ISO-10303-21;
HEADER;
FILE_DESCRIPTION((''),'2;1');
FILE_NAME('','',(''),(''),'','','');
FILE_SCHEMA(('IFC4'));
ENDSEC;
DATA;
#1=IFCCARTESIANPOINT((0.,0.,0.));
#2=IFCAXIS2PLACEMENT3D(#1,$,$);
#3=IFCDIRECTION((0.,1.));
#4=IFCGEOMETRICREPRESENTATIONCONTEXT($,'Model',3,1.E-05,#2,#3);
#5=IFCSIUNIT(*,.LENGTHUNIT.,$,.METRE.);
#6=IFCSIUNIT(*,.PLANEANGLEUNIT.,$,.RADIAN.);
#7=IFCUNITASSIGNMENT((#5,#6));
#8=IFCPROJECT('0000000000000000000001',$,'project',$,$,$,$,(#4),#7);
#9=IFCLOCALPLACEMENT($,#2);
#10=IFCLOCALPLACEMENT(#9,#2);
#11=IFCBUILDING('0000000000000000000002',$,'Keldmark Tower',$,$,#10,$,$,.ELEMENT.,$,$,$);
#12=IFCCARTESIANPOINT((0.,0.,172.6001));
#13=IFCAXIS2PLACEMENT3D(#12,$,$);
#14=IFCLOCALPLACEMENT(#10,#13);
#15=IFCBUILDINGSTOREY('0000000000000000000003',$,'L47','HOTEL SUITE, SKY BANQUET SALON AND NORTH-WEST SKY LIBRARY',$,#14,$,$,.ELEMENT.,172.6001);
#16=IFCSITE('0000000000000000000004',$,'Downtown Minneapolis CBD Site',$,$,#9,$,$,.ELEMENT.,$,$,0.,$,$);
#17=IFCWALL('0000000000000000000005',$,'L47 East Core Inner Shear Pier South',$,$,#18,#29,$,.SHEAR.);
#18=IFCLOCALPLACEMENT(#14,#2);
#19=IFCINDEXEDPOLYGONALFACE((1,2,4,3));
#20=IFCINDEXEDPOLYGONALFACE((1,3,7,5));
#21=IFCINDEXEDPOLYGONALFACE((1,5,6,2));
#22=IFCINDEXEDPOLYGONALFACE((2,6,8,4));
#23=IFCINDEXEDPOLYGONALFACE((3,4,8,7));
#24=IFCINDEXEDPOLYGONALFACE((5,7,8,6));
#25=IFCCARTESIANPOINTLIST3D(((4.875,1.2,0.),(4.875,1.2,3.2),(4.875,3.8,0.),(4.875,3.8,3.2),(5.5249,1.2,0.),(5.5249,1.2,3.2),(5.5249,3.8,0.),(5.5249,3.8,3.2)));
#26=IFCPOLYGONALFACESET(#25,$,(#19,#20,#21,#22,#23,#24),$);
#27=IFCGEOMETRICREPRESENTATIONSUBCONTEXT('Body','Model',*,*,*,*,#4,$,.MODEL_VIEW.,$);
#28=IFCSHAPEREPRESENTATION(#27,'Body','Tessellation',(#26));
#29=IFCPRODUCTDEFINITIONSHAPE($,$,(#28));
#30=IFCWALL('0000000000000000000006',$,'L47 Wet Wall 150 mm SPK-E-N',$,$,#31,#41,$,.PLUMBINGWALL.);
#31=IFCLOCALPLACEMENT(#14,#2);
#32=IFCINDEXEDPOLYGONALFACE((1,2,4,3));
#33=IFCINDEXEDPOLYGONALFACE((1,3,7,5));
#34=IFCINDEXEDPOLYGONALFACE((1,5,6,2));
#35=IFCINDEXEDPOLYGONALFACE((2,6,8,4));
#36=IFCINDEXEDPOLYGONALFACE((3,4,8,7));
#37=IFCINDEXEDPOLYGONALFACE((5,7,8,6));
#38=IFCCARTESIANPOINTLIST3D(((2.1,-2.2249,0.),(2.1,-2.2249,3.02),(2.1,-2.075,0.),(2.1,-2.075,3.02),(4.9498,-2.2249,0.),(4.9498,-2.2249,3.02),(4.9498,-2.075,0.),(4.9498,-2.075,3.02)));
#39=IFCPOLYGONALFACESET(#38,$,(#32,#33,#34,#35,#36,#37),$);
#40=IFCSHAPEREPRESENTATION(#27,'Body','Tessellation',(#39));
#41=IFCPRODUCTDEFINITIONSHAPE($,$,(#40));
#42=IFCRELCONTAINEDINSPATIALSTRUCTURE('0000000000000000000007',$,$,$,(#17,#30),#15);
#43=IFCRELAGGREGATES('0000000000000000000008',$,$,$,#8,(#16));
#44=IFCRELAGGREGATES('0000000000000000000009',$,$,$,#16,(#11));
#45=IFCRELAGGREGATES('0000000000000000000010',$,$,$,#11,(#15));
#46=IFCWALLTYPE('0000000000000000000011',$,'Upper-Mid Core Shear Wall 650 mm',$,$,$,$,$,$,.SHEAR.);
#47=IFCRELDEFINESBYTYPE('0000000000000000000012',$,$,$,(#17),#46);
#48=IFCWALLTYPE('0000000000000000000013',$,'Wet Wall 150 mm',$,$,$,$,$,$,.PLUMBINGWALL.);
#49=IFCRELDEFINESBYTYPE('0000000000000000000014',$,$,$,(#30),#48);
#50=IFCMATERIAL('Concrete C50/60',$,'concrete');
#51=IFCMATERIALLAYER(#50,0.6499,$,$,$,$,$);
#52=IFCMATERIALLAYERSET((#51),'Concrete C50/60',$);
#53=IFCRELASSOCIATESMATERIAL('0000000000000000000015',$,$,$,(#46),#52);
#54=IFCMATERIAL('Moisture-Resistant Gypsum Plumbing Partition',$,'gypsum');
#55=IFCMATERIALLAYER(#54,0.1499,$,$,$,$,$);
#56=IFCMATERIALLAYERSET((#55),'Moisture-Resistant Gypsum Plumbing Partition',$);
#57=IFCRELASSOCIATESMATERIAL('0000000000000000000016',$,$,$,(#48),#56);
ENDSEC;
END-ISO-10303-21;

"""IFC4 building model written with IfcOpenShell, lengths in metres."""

from ifc_helpers import new_model, si_unit, direction, frame, frame_2d, origin, place, context, subcontext, project, spatial, rectangle, extrude, material, layer, layer_set, type_object, element, save


model = new_model("IFC4")

# Units and contexts
model_context = context("Model", 3, precision=1e-05, world=origin(), true_north=direction((0.0, 1.0)))
body_context = subcontext(model_context, "Body", "Model", "MODEL_VIEW")
ifc_project = project(units=[si_unit("LENGTHUNIT", "METRE"), si_unit("PLANEANGLEUNIT", "RADIAN")], contexts=[model_context])

# Site, building, storey
site_placement = place(None, origin())
site = spatial("IfcSite", under=ifc_project, at=site_placement, Name="Downtown Minneapolis CBD Site", CompositionType="ELEMENT", RefElevation=0.0)
building_placement = place(site_placement, origin())
building = spatial("IfcBuilding", under=site, at=building_placement, Name="Keldmark Tower", CompositionType="ELEMENT")
storey_placement = place(building_placement, frame((0.0, 0.0, 172.6001)))
storey = spatial("IfcBuildingStorey", under=building, at=storey_placement, Name="L47", Description="HOTEL SUITE, SKY BANQUET SALON AND NORTH-WEST SKY LIBRARY", CompositionType="ELEMENT", Elevation=172.6001)

# Walls
ifc_material_1 = material(Name="Concrete C50/60", Category="concrete")
ifc_layer_1 = layer(ifc_material_1, 0.6499)
ifc_layer_set_1 = layer_set([ifc_layer_1], Name="Concrete C50/60")
wall_type_1 = type_object("IfcWallType", Name="Upper-Mid Core Shear Wall 650 mm", PredefinedType="SHEAR", material=ifc_layer_set_1)
wall_1_placement = place(storey_placement, frame((5.2, 1.2, 0.0), z_axis=(0.0, 0.0, 1.0), x_axis=(0.0, 1.0, 0.0)))
element("IfcWall", 1, at=wall_1_placement, inside=storey, type_object=wall_type_1, Name="L47 East Core Inner Shear Pier South", PredefinedType="SHEAR", context=body_context, shape_type="SweptSolid", body=[
    extrude(rectangle(XDim=2.6001, YDim=0.6499, at=frame_2d((1.3, 0.0))), origin(), (0.0, 0.0, 1.0), 3.2),
])
ifc_material_2 = material(Name="Moisture-Resistant Gypsum Plumbing Partition", Category="gypsum")
ifc_layer_2 = layer(ifc_material_2, 0.1499)
ifc_layer_set_2 = layer_set([ifc_layer_2], Name="Moisture-Resistant Gypsum Plumbing Partition")
wall_type_2 = type_object("IfcWallType", Name="Wet Wall 150 mm", PredefinedType="PLUMBINGWALL", material=ifc_layer_set_2)
wall_2_placement = place(storey_placement, frame((2.1001, -2.1499, 0.0), z_axis=(0.0, 0.0, 1.0), x_axis=(1.0, 0.0, 0.0)))
element("IfcWall", 2, at=wall_2_placement, inside=storey, type_object=wall_type_2, Name="L47 Wet Wall 150 mm SPK-E-N", PredefinedType="PLUMBINGWALL", context=body_context, shape_type="SweptSolid", body=[
    extrude(rectangle(XDim=2.8499, YDim=0.1499, at=frame_2d((1.4248, 0.0))), origin(), (0.0, 0.0, 1.0), 3.02),
])

save(model, "model.ifc")
